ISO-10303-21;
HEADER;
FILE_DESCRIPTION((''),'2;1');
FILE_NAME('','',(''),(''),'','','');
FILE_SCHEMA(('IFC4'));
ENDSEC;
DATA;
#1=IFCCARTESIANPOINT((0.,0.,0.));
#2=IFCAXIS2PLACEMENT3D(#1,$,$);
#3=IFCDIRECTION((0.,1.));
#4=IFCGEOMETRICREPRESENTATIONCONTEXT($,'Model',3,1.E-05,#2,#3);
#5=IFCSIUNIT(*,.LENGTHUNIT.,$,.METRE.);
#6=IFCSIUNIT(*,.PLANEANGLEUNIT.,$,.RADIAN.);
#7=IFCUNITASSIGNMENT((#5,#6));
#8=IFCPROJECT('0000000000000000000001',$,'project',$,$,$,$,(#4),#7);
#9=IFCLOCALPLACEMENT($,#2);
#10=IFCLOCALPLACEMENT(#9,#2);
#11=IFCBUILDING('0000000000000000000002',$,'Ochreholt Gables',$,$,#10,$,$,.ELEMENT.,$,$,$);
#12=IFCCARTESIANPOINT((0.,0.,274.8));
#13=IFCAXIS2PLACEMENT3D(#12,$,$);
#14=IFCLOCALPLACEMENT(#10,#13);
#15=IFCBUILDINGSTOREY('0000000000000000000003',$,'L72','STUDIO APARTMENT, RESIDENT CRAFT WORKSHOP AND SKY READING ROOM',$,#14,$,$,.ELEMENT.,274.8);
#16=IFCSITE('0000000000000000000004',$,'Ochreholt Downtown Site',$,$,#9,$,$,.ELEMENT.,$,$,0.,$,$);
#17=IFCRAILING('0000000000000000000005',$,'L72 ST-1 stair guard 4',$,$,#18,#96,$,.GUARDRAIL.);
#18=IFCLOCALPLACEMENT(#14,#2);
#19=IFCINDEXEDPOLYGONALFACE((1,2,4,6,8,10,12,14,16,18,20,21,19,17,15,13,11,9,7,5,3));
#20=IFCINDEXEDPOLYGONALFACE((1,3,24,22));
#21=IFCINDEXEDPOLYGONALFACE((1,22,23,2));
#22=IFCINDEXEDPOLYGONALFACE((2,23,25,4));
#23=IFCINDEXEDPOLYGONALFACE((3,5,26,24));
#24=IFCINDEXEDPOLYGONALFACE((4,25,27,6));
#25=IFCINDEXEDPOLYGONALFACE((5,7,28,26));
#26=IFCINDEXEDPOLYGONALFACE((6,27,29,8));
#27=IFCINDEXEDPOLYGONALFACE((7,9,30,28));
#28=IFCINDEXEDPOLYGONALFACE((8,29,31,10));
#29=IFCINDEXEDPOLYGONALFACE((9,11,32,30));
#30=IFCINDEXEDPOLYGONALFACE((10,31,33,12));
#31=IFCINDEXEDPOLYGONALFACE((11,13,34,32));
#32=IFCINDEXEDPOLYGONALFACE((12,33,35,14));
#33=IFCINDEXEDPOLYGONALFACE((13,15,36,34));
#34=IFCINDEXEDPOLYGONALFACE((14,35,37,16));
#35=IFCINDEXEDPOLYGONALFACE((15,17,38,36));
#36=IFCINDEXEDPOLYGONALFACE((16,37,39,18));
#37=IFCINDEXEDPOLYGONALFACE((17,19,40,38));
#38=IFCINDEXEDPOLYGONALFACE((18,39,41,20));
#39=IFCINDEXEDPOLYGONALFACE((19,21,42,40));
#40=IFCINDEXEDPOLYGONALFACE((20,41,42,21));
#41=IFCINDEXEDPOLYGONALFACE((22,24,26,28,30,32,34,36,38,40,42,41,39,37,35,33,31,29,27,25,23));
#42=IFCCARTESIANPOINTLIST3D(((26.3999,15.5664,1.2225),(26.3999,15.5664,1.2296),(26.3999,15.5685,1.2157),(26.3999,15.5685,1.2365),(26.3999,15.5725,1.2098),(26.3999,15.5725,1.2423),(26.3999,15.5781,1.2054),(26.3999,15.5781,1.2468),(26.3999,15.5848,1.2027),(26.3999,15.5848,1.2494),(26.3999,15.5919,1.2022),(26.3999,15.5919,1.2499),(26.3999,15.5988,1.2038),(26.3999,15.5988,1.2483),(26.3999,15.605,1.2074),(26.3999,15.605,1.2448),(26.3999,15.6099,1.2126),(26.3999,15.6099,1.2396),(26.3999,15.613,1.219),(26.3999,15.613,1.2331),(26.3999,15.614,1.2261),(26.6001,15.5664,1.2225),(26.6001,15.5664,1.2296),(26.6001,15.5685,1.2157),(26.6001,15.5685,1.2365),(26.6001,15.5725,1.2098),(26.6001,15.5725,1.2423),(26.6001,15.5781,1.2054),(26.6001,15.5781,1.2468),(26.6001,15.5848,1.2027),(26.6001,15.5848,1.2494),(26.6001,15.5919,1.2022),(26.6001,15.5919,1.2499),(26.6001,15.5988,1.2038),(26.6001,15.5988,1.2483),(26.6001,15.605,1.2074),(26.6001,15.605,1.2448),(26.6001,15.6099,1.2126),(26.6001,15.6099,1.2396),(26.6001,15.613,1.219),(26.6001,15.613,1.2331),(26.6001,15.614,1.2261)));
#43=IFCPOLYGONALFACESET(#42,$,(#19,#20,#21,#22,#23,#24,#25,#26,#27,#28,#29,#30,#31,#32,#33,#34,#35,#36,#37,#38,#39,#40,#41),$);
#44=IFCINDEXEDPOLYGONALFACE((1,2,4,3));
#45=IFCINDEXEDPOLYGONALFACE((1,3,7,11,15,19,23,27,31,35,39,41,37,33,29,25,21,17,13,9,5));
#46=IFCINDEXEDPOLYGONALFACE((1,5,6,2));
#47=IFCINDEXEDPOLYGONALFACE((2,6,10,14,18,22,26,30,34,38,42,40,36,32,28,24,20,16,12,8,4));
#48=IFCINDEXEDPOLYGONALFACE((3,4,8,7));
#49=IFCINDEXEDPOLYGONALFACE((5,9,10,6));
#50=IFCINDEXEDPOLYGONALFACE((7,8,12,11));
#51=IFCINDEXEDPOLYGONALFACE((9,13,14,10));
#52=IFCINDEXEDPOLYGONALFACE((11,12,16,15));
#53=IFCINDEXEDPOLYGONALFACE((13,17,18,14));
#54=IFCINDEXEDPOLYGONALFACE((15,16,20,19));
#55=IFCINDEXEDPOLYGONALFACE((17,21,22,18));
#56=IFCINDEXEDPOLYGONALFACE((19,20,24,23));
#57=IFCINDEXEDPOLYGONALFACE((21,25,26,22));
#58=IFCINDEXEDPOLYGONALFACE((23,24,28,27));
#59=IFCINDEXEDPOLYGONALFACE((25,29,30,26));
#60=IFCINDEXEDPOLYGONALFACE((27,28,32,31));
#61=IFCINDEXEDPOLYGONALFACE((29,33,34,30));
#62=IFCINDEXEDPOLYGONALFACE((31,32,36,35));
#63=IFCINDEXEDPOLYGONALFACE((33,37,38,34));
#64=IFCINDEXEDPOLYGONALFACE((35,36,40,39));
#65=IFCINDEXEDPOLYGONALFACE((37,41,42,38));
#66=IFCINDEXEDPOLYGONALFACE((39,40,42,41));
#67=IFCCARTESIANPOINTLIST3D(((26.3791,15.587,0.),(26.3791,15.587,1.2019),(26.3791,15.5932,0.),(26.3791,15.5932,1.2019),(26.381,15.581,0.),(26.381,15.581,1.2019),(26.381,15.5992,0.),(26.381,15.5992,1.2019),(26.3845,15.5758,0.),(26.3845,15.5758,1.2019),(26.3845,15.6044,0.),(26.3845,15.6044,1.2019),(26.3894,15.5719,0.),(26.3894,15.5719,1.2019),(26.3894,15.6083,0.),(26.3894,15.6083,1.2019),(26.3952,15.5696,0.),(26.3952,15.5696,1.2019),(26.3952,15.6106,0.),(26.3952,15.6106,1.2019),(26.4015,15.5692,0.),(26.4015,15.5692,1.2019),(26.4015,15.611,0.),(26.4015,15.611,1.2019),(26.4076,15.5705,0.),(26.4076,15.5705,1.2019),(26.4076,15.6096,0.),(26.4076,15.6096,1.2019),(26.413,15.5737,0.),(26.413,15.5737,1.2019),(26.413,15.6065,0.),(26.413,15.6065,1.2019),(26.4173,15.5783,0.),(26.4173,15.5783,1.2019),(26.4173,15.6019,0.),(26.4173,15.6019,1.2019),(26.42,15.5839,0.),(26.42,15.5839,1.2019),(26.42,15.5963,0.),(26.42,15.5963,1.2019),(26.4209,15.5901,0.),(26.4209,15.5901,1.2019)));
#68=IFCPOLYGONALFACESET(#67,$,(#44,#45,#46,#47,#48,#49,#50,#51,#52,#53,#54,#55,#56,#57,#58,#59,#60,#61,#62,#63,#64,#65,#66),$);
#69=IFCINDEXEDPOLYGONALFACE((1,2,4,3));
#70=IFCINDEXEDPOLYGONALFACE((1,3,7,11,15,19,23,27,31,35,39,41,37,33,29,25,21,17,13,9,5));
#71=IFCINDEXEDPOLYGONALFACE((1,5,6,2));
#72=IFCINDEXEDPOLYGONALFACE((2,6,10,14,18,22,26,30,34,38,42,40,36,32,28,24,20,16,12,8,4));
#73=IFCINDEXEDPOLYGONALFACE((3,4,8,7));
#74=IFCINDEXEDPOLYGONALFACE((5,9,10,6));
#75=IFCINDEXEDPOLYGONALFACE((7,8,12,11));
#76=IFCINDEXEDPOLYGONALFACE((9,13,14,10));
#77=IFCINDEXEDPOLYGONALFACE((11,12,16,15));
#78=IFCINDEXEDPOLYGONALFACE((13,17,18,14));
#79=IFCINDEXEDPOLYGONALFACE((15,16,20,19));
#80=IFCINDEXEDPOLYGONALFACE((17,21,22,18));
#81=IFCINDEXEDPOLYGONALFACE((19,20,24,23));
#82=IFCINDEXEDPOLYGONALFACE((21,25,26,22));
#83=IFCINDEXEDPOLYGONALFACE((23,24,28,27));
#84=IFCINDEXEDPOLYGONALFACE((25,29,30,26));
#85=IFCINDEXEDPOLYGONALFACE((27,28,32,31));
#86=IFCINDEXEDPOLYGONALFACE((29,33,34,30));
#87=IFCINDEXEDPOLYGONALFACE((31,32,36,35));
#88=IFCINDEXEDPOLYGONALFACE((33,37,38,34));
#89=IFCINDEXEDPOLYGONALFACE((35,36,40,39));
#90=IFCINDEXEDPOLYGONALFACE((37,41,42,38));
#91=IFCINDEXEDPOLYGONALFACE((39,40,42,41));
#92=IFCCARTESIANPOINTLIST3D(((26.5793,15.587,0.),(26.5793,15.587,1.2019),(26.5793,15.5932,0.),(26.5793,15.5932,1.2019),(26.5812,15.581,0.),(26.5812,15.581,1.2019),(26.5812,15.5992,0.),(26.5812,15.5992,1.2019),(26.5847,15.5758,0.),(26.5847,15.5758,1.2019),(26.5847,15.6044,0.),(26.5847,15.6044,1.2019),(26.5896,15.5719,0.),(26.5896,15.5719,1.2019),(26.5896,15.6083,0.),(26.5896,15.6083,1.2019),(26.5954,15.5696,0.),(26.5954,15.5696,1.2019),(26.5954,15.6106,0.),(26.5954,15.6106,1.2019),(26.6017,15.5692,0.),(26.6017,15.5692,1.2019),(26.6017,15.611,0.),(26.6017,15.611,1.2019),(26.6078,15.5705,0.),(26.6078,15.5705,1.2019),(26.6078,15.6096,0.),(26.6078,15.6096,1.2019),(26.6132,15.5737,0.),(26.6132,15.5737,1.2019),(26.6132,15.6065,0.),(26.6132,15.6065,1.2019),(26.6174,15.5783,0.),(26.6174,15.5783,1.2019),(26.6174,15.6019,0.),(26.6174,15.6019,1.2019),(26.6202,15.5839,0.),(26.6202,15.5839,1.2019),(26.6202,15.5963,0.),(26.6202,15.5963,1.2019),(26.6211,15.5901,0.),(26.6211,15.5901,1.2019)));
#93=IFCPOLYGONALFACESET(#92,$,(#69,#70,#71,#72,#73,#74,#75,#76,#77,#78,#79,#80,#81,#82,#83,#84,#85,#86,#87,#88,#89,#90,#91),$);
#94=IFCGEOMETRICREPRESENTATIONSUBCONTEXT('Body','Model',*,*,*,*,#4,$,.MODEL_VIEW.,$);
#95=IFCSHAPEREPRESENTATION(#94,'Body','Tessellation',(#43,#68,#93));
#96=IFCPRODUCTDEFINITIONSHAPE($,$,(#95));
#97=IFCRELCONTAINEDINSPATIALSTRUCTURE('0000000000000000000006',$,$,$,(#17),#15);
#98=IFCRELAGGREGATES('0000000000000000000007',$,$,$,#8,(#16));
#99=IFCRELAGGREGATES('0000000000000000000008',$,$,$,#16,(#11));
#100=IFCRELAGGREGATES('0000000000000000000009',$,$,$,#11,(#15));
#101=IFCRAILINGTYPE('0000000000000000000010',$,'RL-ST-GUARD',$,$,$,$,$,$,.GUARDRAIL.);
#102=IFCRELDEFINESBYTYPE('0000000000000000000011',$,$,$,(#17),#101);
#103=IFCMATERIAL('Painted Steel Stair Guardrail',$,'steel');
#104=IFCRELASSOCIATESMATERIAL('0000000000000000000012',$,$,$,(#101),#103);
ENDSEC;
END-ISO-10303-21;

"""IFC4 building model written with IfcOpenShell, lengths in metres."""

from ifc_helpers import new_model, si_unit, direction, frame, origin, origin_2d, place, context, subcontext, project, spatial, circle, extrude, material, type_object, element, save


model = new_model("IFC4")

# Units and contexts
model_context = context("Model", 3, precision=1e-05, world=origin(), true_north=direction((0.0, 1.0)))
body_context = subcontext(model_context, "Body", "Model", "MODEL_VIEW")
ifc_project = project(units=[si_unit("LENGTHUNIT", "METRE"), si_unit("PLANEANGLEUNIT", "RADIAN")], contexts=[model_context])

# Site, building, storey
site_placement = place(None, origin())
site = spatial("IfcSite", under=ifc_project, at=site_placement, Name="Ochreholt Downtown Site", CompositionType="ELEMENT", RefElevation=0.0)
building_placement = place(site_placement, origin())
building = spatial("IfcBuilding", under=site, at=building_placement, Name="Ochreholt Gables", CompositionType="ELEMENT")
storey_placement = place(building_placement, frame((0.0, 0.0, 274.8)))
storey = spatial("IfcBuildingStorey", under=building, at=storey_placement, Name="L72", Description="STUDIO APARTMENT, RESIDENT CRAFT WORKSHOP AND SKY READING ROOM", CompositionType="ELEMENT", Elevation=274.8)

# Railing
ifc_material_1 = material(Name="Painted Steel Stair Guardrail", Category="steel")
railing_type_1 = type_object("IfcRailingType", Name="RL-ST-GUARD", PredefinedType="GUARDRAIL", material=ifc_material_1)
railing_1_placement = place(storey_placement, frame((26.3999, 15.5901, 0.0)))
element("IfcRailing", 1, at=railing_1_placement, inside=storey, type_object=railing_type_1, Name="L72 ST-1 stair guard 4", PredefinedType="GUARDRAIL", context=body_context, shape_type="SweptSolid", body=[
    extrude(circle(Radius=0.0239, at=origin_2d()), frame((0.0, 0.0, 1.2261), z_axis=(1.0, 0.0, 0.0), x_axis=(0.0, 1.0, 0.0)), (0.0, 0.0, 1.0), 0.2002),
    extrude(circle(Radius=0.021, at=origin_2d()), origin(), (0.0, 0.0, 1.0), 1.2019),
    extrude(circle(Radius=0.021, at=origin_2d()), frame((0.2002, 0.0, 0.0)), (0.0, 0.0, 1.0), 1.2019),
])

save(model, "model.ifc")
